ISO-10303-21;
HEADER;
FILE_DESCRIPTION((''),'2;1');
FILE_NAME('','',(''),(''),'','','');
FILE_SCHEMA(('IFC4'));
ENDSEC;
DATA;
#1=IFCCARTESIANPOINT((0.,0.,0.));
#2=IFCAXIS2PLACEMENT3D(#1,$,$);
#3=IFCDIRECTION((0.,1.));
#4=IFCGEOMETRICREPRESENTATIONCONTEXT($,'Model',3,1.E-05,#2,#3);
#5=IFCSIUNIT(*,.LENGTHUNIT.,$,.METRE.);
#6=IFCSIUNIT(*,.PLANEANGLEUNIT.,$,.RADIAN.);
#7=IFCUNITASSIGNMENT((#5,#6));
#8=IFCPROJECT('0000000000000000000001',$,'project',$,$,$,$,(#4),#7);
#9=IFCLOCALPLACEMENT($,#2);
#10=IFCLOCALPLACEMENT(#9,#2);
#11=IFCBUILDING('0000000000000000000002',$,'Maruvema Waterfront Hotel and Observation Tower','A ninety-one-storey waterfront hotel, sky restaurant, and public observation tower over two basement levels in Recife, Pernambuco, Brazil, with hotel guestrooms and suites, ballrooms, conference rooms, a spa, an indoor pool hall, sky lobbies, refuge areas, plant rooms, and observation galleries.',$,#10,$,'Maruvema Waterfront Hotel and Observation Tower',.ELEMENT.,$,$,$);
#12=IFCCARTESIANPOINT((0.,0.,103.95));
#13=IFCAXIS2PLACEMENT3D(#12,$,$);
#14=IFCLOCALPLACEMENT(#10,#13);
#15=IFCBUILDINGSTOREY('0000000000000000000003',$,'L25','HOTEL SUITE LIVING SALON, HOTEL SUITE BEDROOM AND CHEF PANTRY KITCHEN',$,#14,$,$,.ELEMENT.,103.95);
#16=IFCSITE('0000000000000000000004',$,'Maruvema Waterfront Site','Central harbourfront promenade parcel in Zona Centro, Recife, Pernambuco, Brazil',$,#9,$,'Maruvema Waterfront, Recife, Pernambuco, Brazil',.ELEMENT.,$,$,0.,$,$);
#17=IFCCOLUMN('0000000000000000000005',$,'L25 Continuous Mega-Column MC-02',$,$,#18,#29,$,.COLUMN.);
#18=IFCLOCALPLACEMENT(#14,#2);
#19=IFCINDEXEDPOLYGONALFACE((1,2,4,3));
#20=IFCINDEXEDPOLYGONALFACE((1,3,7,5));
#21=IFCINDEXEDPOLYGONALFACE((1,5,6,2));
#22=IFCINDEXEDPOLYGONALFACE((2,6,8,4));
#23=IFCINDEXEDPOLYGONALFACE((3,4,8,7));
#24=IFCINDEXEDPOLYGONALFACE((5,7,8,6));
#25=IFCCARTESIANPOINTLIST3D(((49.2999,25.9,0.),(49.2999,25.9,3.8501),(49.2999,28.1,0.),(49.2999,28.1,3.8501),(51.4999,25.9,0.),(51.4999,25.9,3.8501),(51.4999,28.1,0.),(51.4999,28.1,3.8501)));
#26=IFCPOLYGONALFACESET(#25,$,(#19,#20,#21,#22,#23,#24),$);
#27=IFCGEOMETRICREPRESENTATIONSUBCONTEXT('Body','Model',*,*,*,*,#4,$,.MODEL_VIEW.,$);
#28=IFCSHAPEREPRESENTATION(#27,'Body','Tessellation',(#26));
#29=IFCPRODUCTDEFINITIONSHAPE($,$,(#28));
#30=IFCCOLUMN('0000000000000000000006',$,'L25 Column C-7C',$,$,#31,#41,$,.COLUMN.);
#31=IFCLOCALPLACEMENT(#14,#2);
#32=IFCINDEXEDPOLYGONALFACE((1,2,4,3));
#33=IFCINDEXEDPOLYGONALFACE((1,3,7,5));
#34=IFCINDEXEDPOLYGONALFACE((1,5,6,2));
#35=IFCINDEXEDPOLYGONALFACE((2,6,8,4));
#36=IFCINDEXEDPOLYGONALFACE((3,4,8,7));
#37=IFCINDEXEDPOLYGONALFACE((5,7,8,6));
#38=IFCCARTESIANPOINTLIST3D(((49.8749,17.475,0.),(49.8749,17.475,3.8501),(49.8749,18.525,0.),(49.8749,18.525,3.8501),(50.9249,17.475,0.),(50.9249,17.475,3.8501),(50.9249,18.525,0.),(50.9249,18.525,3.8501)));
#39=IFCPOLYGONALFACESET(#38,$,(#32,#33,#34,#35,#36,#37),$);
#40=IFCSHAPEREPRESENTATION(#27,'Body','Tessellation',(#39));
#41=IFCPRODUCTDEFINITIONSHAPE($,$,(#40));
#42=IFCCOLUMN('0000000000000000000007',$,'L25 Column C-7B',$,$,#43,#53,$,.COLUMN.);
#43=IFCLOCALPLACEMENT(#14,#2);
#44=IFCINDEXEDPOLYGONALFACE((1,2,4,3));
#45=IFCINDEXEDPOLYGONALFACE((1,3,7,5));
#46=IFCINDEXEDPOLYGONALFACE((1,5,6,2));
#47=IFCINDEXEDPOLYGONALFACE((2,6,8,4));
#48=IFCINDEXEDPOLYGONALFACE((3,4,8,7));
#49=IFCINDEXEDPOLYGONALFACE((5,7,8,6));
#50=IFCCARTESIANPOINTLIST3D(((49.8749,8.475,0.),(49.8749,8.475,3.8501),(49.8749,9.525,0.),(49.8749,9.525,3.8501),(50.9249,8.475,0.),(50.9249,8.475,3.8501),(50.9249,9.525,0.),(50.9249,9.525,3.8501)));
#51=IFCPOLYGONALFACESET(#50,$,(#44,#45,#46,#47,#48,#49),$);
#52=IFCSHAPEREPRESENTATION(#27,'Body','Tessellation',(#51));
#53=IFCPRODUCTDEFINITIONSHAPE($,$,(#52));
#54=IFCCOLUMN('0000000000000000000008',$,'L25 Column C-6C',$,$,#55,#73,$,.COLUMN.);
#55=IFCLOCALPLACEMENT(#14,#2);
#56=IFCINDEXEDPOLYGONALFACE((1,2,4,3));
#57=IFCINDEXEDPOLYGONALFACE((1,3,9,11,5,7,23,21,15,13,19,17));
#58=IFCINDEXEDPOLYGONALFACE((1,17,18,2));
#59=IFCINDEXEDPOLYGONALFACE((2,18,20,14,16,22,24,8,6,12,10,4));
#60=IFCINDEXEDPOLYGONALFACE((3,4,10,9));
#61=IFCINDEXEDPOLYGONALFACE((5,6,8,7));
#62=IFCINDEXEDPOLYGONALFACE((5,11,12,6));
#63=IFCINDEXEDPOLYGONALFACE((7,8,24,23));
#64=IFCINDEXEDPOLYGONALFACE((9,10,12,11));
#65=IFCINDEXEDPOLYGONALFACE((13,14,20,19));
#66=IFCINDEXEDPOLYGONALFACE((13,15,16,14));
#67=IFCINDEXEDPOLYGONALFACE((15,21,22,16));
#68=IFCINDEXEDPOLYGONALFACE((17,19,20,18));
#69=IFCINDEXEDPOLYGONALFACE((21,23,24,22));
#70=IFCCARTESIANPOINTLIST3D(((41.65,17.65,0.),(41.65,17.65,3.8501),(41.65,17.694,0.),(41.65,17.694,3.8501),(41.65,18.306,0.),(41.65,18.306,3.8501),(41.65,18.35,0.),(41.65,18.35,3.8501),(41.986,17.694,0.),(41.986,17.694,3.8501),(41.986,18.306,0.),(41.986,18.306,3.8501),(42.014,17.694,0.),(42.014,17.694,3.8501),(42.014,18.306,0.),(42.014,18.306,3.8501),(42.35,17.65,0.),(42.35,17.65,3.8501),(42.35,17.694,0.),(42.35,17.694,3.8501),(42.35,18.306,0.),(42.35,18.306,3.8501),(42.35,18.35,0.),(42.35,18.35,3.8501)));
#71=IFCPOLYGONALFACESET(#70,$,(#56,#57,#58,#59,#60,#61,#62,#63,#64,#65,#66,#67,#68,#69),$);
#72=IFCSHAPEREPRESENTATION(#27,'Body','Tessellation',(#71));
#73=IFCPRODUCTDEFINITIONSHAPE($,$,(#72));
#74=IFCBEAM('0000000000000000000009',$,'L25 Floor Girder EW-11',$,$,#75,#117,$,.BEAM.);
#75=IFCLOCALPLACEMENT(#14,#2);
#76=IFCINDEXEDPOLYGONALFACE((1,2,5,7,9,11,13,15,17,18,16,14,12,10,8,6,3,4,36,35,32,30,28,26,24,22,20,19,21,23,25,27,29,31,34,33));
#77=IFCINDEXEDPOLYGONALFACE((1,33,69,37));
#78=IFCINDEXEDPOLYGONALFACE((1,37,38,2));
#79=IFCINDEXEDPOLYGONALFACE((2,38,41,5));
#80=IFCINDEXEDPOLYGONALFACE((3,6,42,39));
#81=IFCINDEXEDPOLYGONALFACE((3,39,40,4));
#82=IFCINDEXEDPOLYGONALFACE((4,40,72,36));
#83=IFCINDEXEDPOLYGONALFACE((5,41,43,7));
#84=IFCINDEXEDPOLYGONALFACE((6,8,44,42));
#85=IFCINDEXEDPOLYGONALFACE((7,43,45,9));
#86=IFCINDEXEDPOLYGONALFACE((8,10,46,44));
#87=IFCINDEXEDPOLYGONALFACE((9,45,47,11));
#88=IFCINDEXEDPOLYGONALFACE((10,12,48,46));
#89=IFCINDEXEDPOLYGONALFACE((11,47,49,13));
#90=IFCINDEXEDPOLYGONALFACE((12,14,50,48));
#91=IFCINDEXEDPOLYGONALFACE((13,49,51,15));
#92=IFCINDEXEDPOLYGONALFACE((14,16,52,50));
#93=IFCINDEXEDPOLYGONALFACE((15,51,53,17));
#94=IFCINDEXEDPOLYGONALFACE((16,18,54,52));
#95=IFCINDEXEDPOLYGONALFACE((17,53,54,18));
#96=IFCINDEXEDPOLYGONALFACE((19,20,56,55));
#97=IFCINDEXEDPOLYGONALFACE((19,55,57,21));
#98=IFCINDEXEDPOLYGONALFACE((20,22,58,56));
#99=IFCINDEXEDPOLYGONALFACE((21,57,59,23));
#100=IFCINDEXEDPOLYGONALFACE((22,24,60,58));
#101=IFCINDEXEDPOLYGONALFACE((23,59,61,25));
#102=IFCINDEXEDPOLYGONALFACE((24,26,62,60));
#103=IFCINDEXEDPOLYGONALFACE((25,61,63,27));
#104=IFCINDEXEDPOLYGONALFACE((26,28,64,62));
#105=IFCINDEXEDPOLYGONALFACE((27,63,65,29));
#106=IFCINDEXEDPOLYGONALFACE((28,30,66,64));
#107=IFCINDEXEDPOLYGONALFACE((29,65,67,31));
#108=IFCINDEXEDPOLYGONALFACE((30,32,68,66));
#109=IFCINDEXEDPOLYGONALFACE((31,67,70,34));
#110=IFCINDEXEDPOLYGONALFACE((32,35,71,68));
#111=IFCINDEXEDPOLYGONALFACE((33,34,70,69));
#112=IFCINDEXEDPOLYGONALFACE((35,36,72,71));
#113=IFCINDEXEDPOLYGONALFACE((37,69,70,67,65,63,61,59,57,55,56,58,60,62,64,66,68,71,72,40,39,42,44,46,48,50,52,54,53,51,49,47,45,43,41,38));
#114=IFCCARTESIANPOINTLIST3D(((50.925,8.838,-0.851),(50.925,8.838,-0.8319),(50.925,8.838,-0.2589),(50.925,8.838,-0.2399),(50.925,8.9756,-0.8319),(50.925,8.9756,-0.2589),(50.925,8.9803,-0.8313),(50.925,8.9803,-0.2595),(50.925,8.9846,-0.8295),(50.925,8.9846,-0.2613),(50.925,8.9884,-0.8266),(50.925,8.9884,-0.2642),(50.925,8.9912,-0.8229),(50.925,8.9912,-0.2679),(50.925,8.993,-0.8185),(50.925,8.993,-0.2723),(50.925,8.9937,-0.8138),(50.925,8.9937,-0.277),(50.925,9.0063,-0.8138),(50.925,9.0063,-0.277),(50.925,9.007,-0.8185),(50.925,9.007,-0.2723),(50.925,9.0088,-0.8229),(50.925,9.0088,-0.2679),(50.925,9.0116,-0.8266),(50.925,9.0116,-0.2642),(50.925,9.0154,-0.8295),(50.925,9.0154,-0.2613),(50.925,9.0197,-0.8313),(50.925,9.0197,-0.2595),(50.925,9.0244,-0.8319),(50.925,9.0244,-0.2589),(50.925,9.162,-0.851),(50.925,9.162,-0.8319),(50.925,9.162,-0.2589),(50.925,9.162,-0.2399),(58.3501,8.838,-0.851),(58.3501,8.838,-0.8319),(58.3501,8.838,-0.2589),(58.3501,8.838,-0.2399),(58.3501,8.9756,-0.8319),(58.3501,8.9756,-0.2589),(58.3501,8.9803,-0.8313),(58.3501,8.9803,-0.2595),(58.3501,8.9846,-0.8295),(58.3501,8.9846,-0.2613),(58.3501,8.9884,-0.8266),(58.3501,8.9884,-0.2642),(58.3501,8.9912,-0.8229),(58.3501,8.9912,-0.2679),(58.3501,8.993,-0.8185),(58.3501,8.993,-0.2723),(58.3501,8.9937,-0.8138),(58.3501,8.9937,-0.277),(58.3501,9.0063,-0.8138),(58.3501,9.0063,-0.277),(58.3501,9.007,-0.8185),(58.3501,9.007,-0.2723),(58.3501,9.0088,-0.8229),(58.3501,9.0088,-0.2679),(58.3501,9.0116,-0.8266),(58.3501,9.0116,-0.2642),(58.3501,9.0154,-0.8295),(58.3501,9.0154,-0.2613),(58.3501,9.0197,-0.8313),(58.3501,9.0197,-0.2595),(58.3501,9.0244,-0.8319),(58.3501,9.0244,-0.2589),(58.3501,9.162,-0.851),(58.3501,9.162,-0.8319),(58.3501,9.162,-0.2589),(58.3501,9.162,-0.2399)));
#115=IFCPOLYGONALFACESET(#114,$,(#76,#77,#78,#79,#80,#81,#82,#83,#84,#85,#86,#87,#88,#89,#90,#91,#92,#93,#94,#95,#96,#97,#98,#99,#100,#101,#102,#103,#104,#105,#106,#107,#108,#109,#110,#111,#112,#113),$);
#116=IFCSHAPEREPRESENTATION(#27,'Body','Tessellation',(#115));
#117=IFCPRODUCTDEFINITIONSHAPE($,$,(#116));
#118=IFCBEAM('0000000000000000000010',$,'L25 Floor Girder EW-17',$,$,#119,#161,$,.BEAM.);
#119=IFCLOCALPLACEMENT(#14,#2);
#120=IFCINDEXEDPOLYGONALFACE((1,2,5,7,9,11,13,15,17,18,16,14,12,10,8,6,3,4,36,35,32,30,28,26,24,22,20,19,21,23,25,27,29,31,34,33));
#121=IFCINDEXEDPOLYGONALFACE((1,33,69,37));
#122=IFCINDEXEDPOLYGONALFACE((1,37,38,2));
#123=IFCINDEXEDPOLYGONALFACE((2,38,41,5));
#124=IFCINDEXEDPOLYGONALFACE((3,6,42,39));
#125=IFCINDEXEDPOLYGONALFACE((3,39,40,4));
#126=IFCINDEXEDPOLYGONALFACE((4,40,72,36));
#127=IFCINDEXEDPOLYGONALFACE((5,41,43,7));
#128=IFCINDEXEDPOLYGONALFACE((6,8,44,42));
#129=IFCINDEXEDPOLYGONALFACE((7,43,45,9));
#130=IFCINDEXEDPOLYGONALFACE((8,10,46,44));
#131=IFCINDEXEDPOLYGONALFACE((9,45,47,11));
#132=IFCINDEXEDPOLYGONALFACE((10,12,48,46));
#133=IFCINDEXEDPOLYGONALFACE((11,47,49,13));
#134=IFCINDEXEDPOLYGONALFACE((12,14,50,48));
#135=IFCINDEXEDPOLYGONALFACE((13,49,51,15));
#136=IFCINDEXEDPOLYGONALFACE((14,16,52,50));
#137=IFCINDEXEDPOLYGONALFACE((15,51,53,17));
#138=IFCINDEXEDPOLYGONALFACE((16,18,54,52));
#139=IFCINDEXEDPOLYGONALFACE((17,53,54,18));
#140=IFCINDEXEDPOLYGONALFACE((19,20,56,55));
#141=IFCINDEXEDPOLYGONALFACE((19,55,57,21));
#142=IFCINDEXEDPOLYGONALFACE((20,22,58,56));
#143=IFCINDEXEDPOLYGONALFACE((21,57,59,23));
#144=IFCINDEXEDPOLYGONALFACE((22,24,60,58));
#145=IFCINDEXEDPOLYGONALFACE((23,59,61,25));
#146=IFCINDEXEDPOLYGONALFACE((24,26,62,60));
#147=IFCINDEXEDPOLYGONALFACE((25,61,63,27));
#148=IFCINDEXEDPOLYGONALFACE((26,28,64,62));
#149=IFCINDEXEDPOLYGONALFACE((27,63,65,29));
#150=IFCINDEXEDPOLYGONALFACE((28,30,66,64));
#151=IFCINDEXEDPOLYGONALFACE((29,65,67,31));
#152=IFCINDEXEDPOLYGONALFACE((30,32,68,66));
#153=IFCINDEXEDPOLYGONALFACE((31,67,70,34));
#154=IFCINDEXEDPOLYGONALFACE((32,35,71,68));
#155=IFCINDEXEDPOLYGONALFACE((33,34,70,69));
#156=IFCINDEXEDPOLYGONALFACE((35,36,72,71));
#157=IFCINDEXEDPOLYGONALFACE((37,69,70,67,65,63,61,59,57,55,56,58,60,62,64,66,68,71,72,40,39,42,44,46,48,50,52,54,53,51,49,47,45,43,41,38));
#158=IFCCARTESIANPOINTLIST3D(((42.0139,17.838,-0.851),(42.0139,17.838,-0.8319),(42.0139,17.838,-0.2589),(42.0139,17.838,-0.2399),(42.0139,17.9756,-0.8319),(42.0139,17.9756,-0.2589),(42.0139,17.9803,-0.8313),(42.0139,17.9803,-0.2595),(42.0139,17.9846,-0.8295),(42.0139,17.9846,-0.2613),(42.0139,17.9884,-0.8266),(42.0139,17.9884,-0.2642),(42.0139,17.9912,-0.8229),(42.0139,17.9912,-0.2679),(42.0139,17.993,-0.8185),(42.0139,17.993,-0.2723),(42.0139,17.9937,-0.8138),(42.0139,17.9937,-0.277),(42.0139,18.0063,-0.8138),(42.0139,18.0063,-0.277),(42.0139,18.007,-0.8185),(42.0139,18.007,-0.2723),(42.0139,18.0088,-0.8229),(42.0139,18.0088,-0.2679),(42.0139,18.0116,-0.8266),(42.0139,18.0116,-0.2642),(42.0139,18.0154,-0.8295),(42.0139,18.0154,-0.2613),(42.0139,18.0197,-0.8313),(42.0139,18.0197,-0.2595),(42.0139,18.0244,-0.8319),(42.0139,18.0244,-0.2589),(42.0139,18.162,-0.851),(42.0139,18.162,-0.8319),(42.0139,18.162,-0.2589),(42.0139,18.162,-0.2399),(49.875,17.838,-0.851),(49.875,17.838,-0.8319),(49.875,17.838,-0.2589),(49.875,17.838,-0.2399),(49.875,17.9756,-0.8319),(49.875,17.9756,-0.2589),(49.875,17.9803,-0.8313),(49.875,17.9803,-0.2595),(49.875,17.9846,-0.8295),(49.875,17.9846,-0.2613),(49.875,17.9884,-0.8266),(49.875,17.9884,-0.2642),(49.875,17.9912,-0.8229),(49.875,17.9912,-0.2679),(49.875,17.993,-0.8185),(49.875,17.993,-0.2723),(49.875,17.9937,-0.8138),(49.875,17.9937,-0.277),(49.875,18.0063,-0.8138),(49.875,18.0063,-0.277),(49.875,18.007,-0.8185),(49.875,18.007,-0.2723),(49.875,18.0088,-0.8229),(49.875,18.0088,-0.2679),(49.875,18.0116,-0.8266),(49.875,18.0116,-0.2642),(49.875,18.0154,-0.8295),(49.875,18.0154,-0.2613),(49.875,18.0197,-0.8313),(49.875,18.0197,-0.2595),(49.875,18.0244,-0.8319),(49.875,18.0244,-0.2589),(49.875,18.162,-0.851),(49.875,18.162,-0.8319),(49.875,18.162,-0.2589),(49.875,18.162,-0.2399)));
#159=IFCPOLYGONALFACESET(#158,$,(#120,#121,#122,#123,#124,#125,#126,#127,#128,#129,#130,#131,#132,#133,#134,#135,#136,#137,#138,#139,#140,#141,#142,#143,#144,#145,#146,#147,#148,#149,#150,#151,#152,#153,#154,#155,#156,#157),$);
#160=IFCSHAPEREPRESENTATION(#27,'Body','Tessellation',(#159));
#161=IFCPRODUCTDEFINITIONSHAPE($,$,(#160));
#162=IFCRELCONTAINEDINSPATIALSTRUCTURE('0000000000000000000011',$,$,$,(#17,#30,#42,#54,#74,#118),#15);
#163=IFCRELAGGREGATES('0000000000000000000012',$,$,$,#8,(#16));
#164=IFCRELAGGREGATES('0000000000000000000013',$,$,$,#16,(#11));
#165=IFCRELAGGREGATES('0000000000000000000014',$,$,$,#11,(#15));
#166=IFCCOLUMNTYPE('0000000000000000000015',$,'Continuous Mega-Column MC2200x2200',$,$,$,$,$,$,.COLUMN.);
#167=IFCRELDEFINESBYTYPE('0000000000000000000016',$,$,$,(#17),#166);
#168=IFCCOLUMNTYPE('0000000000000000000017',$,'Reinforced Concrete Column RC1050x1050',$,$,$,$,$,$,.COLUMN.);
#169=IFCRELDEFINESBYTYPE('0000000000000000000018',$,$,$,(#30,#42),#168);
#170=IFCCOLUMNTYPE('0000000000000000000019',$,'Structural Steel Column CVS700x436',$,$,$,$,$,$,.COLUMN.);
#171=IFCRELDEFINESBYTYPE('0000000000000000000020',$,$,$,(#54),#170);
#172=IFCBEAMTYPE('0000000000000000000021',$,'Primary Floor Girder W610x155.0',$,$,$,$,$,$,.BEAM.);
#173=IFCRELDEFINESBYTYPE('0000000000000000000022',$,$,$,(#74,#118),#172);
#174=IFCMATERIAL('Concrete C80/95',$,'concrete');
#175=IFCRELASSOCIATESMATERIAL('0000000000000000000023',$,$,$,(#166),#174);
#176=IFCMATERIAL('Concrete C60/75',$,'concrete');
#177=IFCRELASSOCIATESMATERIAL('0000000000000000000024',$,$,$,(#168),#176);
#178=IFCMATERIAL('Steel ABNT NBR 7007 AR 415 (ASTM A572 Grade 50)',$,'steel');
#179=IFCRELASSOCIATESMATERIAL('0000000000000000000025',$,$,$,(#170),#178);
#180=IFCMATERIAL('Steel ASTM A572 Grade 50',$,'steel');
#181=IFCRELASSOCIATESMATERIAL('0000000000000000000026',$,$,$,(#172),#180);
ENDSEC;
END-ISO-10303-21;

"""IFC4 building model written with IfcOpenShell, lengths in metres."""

from ifc_helpers import new_model, si_unit, direction, frame, origin, origin_2d, place, context, subcontext, project, spatial, rectangle, i_section, extrude, material, material_profile, profile_set, type_object, element, save


model = new_model("IFC4")

# Units and contexts
model_context = context("Model", 3, precision=1e-05, world=origin(), true_north=direction((0.0, 1.0)))
body_context = subcontext(model_context, "Body", "Model", "MODEL_VIEW")
ifc_project = project(units=[si_unit("LENGTHUNIT", "METRE"), si_unit("PLANEANGLEUNIT", "RADIAN")], contexts=[model_context])

# Site, building, storey
site_placement = place(None, origin())
site = spatial("IfcSite", under=ifc_project, at=site_placement, Name="Maruvema Waterfront Site", Description="Central harbourfront promenade parcel in Zona Centro, Recife, Pernambuco, Brazil", LongName="Maruvema Waterfront, Recife, Pernambuco, Brazil", CompositionType="ELEMENT", RefElevation=0.0)
building_placement = place(site_placement, origin())
building = spatial("IfcBuilding", under=site, at=building_placement, Name="Maruvema Waterfront Hotel and Observation Tower", Description="A ninety-one-storey waterfront hotel, sky restaurant, and public observation tower over two basement levels in Recife, Pernambuco, Brazil, with hotel guestrooms and suites, ballrooms, conference rooms, a spa, an indoor pool hall, sky lobbies, refuge areas, plant rooms, and observation galleries.", LongName="Maruvema Waterfront Hotel and Observation Tower", CompositionType="ELEMENT")
storey_placement = place(building_placement, frame((0.0, 0.0, 103.95)))
storey = spatial("IfcBuildingStorey", under=building, at=storey_placement, Name="L25", Description="HOTEL SUITE LIVING SALON, HOTEL SUITE BEDROOM AND CHEF PANTRY KITCHEN", CompositionType="ELEMENT", Elevation=103.95)

# Columns
ifc_material_1 = material(Name="Concrete C80/95", Category="concrete")
ifc_material_profile_1 = material_profile(ifc_material_1, rectangle(XDim=2.2, YDim=2.2, at=origin_2d()), Name="MC2200x2200")
ifc_profile_set_1 = profile_set([ifc_material_profile_1], Name="Concrete C80/95")
column_type_1 = type_object("IfcColumnType", Name="Continuous Mega-Column MC2200x2200", PredefinedType="COLUMN", material=ifc_profile_set_1)
column_1_placement = place(storey_placement, frame((50.3999, 27.0, 0.0), z_axis=(0.0, 0.0, 1.0), x_axis=(1.0, 0.0, 0.0)))
element("IfcColumn", 1, at=column_1_placement, inside=storey, type_object=column_type_1, Name="L25 Continuous Mega-Column MC-02", PredefinedType="COLUMN", context=body_context, shape_type="SweptSolid", body=[
    extrude(rectangle(XDim=2.2, YDim=2.2, at=origin_2d()), origin(), (0.0, 0.0, 1.0), 3.8501),
])
ifc_material_2 = material(Name="Concrete C60/75", Category="concrete")
ifc_material_profile_2 = material_profile(ifc_material_2, rectangle(XDim=1.05, YDim=1.05, at=origin_2d()), Name="RC1050x1050")
ifc_profile_set_2 = profile_set([ifc_material_profile_2], Name="Concrete C60/75")
column_type_2 = type_object("IfcColumnType", Name="Reinforced Concrete Column RC1050x1050", PredefinedType="COLUMN", material=ifc_profile_set_2)
for number, where, z_axis, x_axis, name in (
    (2, (50.3999, 18.0, 0.0), (0.0, 0.0, 1.0), (1.0, 0.0, 0.0), "L25 Column C-7C"),
    (3, (50.3999, 9.0, 0.0), (0.0, 0.0, 1.0), (1.0, 0.0, 0.0), "L25 Column C-7B"),
):
    element("IfcColumn", number, at=place(storey_placement, frame(where, z_axis=z_axis, x_axis=x_axis)), inside=storey, type_object=column_type_2, Name=name, PredefinedType="COLUMN", context=body_context, shape_type="SweptSolid", body=[
        extrude(rectangle(XDim=1.05, YDim=1.05, at=origin_2d()), origin(), (0.0, 0.0, 1.0), 3.8501),
    ])
ifc_material_3 = material(Name="Steel ABNT NBR 7007 AR 415 (ASTM A572 Grade 50)", Category="steel")
ifc_material_profile_3 = material_profile(ifc_material_3, i_section(OverallWidth=0.7, OverallDepth=0.7, WebThickness=0.0281, FlangeThickness=0.0439, at=origin_2d()), Name="CVS700x436")
ifc_profile_set_3 = profile_set([ifc_material_profile_3], Name="Steel ABNT NBR 7007 AR 415 (ASTM A572 Grade 50)")
column_type_3 = type_object("IfcColumnType", Name="Structural Steel Column CVS700x436", PredefinedType="COLUMN", material=ifc_profile_set_3)
column_2_placement = place(storey_placement, frame((42.0, 18.0, 0.0), z_axis=(0.0, 0.0, 1.0), x_axis=(1.0, 0.0, 0.0)))
element("IfcColumn", 4, at=column_2_placement, inside=storey, type_object=column_type_3, Name="L25 Column C-6C", PredefinedType="COLUMN", context=body_context, shape_type="SweptSolid", body=[
    extrude(i_section(OverallWidth=0.7, OverallDepth=0.7, WebThickness=0.0281, FlangeThickness=0.0439, at=origin_2d()), origin(), (0.0, 0.0, 1.0), 3.8501),
])

# Beams
ifc_material_4 = material(Name="Steel ASTM A572 Grade 50", Category="steel")
ifc_material_profile_4 = material_profile(ifc_material_4, i_section(OverallWidth=0.324, OverallDepth=0.6111, WebThickness=0.0127, FlangeThickness=0.019, FilletRadius=0.0181, at=origin_2d()), Name="W610x155.0")
ifc_profile_set_4 = profile_set([ifc_material_profile_4], Name="Steel ASTM A572 Grade 50")
beam_type_1 = type_object("IfcBeamType", Name="Primary Floor Girder W610x155.0", PredefinedType="BEAM", material=ifc_profile_set_4)
beam_1_placement = place(storey_placement, frame((50.925, 9.0, -0.5454), z_axis=(1.0, 0.0, 0.0), x_axis=(0.0, 1.0, 0.0)))
element("IfcBeam", 5, at=beam_1_placement, inside=storey, type_object=beam_type_1, Name="L25 Floor Girder EW-11", PredefinedType="BEAM", context=body_context, shape_type="SweptSolid", body=[
    extrude(i_section(OverallWidth=0.324, OverallDepth=0.6111, WebThickness=0.0127, FlangeThickness=0.019, FilletRadius=0.0181, at=origin_2d()), origin(), (0.0, 0.0, 1.0), 7.425),
])
beam_2_placement = place(storey_placement, frame((42.0139, 18.0, -0.5454), z_axis=(1.0, 0.0, 0.0), x_axis=(0.0, 1.0, 0.0)))
element("IfcBeam", 6, at=beam_2_placement, inside=storey, type_object=beam_type_1, Name="L25 Floor Girder EW-17", PredefinedType="BEAM", context=body_context, shape_type="SweptSolid", body=[
    extrude(i_section(OverallWidth=0.324, OverallDepth=0.6111, WebThickness=0.0127, FlangeThickness=0.019, FilletRadius=0.0181, at=origin_2d()), origin(), (0.0, 0.0, 1.0), 7.8611),
])

save(model, "model.ifc")
